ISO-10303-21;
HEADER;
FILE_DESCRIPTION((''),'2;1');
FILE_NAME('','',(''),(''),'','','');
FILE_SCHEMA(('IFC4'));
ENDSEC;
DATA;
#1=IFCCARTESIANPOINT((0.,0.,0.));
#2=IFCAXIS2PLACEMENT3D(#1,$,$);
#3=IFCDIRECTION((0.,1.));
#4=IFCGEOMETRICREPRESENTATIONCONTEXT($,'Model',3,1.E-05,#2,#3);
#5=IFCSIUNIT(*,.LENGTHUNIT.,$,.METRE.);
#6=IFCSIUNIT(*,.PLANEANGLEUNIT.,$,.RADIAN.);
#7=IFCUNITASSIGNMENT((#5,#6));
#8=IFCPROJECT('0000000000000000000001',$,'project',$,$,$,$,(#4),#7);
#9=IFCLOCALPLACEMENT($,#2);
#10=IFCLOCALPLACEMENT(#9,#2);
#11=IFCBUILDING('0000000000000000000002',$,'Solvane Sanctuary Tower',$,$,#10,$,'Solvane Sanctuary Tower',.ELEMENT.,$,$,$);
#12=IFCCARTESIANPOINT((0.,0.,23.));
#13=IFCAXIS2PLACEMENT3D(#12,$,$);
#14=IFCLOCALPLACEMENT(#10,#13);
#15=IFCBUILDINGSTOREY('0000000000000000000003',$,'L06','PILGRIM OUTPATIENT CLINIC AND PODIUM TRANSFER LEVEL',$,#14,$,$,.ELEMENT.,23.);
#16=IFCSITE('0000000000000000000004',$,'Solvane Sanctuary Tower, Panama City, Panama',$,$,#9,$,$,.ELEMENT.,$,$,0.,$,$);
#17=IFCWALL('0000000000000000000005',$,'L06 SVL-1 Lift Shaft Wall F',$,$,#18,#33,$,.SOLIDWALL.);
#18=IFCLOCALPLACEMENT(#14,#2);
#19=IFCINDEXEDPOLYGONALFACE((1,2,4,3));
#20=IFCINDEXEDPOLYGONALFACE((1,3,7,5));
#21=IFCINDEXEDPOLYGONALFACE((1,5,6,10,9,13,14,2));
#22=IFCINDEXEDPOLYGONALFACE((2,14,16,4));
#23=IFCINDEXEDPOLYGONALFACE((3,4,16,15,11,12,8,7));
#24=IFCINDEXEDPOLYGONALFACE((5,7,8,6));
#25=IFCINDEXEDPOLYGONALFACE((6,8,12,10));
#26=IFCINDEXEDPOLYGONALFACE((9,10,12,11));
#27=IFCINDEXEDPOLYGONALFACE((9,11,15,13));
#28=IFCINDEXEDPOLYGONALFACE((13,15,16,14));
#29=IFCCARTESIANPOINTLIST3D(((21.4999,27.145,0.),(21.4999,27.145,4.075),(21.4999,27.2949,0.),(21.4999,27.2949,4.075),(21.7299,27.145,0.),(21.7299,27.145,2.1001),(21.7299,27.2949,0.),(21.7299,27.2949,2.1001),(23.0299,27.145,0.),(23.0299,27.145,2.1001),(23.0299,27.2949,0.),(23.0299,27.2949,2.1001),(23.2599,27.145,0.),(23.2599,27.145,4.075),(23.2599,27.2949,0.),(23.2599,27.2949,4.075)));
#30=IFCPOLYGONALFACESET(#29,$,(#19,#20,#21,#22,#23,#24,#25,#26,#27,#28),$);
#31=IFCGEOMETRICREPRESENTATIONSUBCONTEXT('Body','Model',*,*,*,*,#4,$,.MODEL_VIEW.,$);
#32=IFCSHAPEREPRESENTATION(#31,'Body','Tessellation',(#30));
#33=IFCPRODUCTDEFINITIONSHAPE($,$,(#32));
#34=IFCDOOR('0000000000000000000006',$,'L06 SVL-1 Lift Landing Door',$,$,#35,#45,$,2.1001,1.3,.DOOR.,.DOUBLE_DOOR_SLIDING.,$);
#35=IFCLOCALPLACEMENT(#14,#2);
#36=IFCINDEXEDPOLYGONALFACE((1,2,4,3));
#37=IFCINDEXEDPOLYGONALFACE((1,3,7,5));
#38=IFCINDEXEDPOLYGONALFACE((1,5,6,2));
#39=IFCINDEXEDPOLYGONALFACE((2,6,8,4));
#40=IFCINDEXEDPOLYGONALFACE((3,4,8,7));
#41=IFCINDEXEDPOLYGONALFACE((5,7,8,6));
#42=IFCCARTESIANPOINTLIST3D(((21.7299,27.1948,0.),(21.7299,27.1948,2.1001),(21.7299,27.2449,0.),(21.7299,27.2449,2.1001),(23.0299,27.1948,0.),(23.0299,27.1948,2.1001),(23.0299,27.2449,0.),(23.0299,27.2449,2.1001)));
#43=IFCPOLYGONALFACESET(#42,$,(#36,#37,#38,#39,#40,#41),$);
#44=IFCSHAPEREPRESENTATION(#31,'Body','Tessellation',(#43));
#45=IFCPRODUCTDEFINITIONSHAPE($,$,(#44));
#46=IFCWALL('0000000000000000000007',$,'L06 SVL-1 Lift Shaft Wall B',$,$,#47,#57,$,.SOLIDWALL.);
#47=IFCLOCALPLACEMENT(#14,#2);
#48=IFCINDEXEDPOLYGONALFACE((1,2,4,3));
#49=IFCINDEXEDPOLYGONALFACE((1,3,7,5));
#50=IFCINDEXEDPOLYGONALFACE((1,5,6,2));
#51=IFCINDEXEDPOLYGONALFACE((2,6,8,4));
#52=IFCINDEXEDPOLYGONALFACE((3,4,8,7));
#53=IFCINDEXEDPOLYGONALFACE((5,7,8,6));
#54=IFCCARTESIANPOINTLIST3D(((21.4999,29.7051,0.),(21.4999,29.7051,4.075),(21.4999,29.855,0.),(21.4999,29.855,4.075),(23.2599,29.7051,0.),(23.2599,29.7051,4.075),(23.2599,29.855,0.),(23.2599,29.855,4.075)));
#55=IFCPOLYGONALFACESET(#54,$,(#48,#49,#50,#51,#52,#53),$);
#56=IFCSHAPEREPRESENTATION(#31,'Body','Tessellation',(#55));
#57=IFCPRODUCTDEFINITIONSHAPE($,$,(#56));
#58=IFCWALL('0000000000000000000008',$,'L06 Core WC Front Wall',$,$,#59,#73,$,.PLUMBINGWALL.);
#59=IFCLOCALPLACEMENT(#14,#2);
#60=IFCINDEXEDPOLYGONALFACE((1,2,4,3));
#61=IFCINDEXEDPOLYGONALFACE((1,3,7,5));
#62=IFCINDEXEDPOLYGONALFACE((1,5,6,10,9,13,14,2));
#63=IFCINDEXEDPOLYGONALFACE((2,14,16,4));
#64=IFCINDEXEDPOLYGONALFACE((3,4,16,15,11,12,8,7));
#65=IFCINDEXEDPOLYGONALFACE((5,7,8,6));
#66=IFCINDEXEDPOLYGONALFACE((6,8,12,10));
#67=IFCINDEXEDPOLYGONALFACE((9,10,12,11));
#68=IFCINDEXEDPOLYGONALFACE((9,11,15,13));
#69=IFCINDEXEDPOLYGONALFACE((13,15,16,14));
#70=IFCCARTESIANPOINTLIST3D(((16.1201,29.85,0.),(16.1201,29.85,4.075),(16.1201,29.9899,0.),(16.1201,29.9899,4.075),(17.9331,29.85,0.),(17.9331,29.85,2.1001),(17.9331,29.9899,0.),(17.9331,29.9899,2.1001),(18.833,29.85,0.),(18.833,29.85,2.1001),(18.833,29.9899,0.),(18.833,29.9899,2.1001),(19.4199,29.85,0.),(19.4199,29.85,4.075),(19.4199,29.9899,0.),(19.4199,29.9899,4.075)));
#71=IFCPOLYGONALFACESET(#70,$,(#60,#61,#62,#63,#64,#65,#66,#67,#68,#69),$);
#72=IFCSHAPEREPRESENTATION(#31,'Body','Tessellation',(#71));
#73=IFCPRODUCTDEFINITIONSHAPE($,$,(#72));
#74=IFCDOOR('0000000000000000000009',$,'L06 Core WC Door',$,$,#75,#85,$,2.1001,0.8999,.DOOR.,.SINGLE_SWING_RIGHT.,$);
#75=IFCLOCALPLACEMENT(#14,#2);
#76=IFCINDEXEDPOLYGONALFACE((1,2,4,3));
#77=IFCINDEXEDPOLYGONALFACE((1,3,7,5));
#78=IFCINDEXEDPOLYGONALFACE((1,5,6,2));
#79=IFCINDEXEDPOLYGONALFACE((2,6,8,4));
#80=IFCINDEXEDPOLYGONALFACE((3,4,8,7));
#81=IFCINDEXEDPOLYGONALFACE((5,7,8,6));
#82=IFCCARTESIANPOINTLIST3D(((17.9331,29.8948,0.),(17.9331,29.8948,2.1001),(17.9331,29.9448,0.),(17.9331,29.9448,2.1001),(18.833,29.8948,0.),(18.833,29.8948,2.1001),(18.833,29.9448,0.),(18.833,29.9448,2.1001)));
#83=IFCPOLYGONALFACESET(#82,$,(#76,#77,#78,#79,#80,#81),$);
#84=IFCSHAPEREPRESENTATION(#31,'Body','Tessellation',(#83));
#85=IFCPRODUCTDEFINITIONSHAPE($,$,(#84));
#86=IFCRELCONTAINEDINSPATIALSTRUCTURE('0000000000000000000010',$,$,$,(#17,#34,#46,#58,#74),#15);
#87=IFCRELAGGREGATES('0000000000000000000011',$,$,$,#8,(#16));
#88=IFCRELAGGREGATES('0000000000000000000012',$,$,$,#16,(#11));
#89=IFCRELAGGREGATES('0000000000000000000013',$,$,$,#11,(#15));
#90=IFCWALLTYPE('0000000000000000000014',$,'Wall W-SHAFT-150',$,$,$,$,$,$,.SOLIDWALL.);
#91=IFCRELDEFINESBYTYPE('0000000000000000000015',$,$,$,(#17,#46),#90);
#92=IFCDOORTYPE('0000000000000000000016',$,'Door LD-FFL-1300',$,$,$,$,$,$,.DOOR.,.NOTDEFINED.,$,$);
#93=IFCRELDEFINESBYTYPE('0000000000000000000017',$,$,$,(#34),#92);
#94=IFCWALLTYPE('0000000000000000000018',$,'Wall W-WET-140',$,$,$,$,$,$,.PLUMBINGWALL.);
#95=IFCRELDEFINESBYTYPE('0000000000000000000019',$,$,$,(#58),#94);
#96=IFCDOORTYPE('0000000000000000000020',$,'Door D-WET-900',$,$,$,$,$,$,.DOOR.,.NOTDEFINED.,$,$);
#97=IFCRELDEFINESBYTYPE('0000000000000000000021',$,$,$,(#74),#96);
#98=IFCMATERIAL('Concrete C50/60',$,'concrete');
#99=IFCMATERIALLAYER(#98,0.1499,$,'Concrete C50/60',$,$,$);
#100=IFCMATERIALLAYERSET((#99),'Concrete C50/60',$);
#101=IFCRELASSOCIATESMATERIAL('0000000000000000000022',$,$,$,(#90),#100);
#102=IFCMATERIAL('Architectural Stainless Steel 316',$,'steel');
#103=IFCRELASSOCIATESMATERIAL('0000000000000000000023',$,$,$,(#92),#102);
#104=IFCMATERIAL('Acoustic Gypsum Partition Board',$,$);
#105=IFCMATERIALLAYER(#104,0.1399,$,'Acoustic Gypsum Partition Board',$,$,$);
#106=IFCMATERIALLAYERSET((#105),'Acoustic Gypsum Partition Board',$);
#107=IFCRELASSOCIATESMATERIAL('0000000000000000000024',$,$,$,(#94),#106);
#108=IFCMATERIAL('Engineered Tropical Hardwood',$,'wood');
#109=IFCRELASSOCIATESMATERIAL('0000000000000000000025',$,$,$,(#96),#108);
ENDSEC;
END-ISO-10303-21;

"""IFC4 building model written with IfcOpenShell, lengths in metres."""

from ifc_helpers import new_model, si_unit, direction, frame, frame_2d, origin, place, context, subcontext, project, spatial, rectangle, extrude, material, layer, layer_set, type_object, element, fill, save


model = new_model("IFC4")

# Units and contexts
model_context = context("Model", 3, precision=1e-05, world=origin(), true_north=direction((0.0, 1.0)))
body_context = subcontext(model_context, "Body", "Model", "MODEL_VIEW")
ifc_project = project(units=[si_unit("LENGTHUNIT", "METRE"), si_unit("PLANEANGLEUNIT", "RADIAN")], contexts=[model_context])

# Site, building, storey
site_placement = place(None, origin())
site = spatial("IfcSite", under=ifc_project, at=site_placement, Name="Solvane Sanctuary Tower, Panama City, Panama", CompositionType="ELEMENT", RefElevation=0.0)
building_placement = place(site_placement, origin())
building = spatial("IfcBuilding", under=site, at=building_placement, Name="Solvane Sanctuary Tower", LongName="Solvane Sanctuary Tower", CompositionType="ELEMENT")
storey_placement = place(building_placement, frame((0.0, 0.0, 23.0)))
storey = spatial("IfcBuildingStorey", under=building, at=storey_placement, Name="L06", Description="PILGRIM OUTPATIENT CLINIC AND PODIUM TRANSFER LEVEL", CompositionType="ELEMENT", Elevation=23.0)

# Shared definitions
ifc_material_1 = material(Name="Concrete C50/60", Category="concrete")
ifc_layer_1 = layer(ifc_material_1, 0.1499, Name="Concrete C50/60")
ifc_layer_set_1 = layer_set([ifc_layer_1], Name="Concrete C50/60")
wall_type_1 = type_object("IfcWallType", Name="Wall W-SHAFT-150", PredefinedType="SOLIDWALL", material=ifc_layer_set_1)
ifc_material_2 = material(Name="Architectural Stainless Steel 316", Category="steel")
door_type_1 = type_object("IfcDoorType", Name="Door LD-FFL-1300", OperationType="NOTDEFINED", PredefinedType="DOOR", material=ifc_material_2)

# Wall, opening, door
wall_1_placement = place(storey_placement, frame((21.5, 27.22, 0.0), z_axis=(0.0, 0.0, 1.0), x_axis=(1.0, 0.0, 0.0)))
wall_1 = element("IfcWall", 1, at=wall_1_placement, inside=storey, type_object=wall_type_1, Name="L06 SVL-1 Lift Shaft Wall F", PredefinedType="SOLIDWALL", context=body_context, shape_type="SweptSolid", body=[
    extrude(rectangle(XDim=1.76, YDim=0.1499, at=frame_2d((0.8799, 0.0))), origin(), (0.0, 0.0, 1.0), 4.075),
])
opening_1_placement = place(wall_1_placement, frame((0.23, 0.0, 0.0)))
opening_1 = element("IfcOpeningElement", 2, at=opening_1_placement, cuts=wall_1, PredefinedType="OPENING", context=body_context, shape_type="SweptSolid", body=[
    extrude(rectangle(XDim=1.3, YDim=2.1001, at=frame_2d((0.6499, 1.05))), frame((0.0, 0.085, 0.0), z_axis=(0.0, -1.0, 0.0), x_axis=(1.0, 0.0, 0.0)), (0.0, 0.0, 1.0), 0.1699),
])
door_1_placement = place(opening_1_placement, origin())
door_1 = element("IfcDoor", 3, at=door_1_placement, inside=storey, type_object=door_type_1, Name="L06 SVL-1 Lift Landing Door", OperationType="DOUBLE_DOOR_SLIDING", OverallHeight=2.1001, OverallWidth=1.3, PredefinedType="DOOR", context=body_context, shape_type="SweptSolid", body=[
    extrude(rectangle(XDim=1.3, YDim=2.1001, at=frame_2d((0.6499, 1.05))), frame((0.0, 0.0249, 0.0), z_axis=(0.0, -1.0, 0.0), x_axis=(1.0, 0.0, 0.0)), (0.0, 0.0, 1.0), 0.05),
])
fill(opening_1, door_1)

# Wall
wall_2_placement = place(storey_placement, frame((21.5, 29.78, 0.0), z_axis=(0.0, 0.0, 1.0), x_axis=(1.0, 0.0, 0.0)))
element("IfcWall", 4, at=wall_2_placement, inside=storey, type_object=wall_type_1, Name="L06 SVL-1 Lift Shaft Wall B", PredefinedType="SOLIDWALL", context=body_context, shape_type="SweptSolid", body=[
    extrude(rectangle(XDim=1.76, YDim=0.1499, at=frame_2d((0.8799, 0.0))), origin(), (0.0, 0.0, 1.0), 4.075),
])

# Wall, opening, door
ifc_material_3 = material(Name="Acoustic Gypsum Partition Board")
ifc_layer_2 = layer(ifc_material_3, 0.1399, Name="Acoustic Gypsum Partition Board")
ifc_layer_set_2 = layer_set([ifc_layer_2], Name="Acoustic Gypsum Partition Board")
wall_type_2 = type_object("IfcWallType", Name="Wall W-WET-140", PredefinedType="PLUMBINGWALL", material=ifc_layer_set_2)
wall_3_placement = place(storey_placement, frame((16.1201, 29.9199, 0.0), z_axis=(0.0, 0.0, 1.0), x_axis=(1.0, 0.0, 0.0)))
wall_3 = element("IfcWall", 5, at=wall_3_placement, inside=storey, type_object=wall_type_2, Name="L06 Core WC Front Wall", PredefinedType="PLUMBINGWALL", context=body_context, shape_type="SweptSolid", body=[
    extrude(rectangle(XDim=3.2998, YDim=0.1399, at=frame_2d((1.6499, 0.0))), origin(), (0.0, 0.0, 1.0), 4.075),
])
opening_2_placement = place(wall_3_placement, frame((1.813, 0.0, 0.0)))
opening_2 = element("IfcOpeningElement", 6, at=opening_2_placement, cuts=wall_3, PredefinedType="OPENING", context=body_context, shape_type="SweptSolid", body=[
    extrude(rectangle(XDim=0.8999, YDim=2.1001, at=frame_2d((0.45, 1.05))), frame((0.0, 0.0798, 0.0), z_axis=(0.0, -1.0, 0.0), x_axis=(1.0, 0.0, 0.0)), (0.0, 0.0, 1.0), 0.1599),
])
ifc_material_4 = material(Name="Engineered Tropical Hardwood", Category="wood")
door_type_2 = type_object("IfcDoorType", Name="Door D-WET-900", OperationType="NOTDEFINED", PredefinedType="DOOR", material=ifc_material_4)
door_2_placement = place(opening_2_placement, origin())
door_2 = element("IfcDoor", 7, at=door_2_placement, inside=storey, type_object=door_type_2, Name="L06 Core WC Door", OperationType="SINGLE_SWING_RIGHT", OverallHeight=2.1001, OverallWidth=0.8999, PredefinedType="DOOR", context=body_context, shape_type="SweptSolid", body=[
    extrude(rectangle(XDim=0.8999, YDim=2.1001, at=frame_2d((0.45, 1.05))), frame((0.0, 0.0249, 0.0), z_axis=(0.0, -1.0, 0.0), x_axis=(1.0, 0.0, 0.0)), (0.0, 0.0, 1.0), 0.05),
])
fill(opening_2, door_2)

save(model, "model.ifc")
